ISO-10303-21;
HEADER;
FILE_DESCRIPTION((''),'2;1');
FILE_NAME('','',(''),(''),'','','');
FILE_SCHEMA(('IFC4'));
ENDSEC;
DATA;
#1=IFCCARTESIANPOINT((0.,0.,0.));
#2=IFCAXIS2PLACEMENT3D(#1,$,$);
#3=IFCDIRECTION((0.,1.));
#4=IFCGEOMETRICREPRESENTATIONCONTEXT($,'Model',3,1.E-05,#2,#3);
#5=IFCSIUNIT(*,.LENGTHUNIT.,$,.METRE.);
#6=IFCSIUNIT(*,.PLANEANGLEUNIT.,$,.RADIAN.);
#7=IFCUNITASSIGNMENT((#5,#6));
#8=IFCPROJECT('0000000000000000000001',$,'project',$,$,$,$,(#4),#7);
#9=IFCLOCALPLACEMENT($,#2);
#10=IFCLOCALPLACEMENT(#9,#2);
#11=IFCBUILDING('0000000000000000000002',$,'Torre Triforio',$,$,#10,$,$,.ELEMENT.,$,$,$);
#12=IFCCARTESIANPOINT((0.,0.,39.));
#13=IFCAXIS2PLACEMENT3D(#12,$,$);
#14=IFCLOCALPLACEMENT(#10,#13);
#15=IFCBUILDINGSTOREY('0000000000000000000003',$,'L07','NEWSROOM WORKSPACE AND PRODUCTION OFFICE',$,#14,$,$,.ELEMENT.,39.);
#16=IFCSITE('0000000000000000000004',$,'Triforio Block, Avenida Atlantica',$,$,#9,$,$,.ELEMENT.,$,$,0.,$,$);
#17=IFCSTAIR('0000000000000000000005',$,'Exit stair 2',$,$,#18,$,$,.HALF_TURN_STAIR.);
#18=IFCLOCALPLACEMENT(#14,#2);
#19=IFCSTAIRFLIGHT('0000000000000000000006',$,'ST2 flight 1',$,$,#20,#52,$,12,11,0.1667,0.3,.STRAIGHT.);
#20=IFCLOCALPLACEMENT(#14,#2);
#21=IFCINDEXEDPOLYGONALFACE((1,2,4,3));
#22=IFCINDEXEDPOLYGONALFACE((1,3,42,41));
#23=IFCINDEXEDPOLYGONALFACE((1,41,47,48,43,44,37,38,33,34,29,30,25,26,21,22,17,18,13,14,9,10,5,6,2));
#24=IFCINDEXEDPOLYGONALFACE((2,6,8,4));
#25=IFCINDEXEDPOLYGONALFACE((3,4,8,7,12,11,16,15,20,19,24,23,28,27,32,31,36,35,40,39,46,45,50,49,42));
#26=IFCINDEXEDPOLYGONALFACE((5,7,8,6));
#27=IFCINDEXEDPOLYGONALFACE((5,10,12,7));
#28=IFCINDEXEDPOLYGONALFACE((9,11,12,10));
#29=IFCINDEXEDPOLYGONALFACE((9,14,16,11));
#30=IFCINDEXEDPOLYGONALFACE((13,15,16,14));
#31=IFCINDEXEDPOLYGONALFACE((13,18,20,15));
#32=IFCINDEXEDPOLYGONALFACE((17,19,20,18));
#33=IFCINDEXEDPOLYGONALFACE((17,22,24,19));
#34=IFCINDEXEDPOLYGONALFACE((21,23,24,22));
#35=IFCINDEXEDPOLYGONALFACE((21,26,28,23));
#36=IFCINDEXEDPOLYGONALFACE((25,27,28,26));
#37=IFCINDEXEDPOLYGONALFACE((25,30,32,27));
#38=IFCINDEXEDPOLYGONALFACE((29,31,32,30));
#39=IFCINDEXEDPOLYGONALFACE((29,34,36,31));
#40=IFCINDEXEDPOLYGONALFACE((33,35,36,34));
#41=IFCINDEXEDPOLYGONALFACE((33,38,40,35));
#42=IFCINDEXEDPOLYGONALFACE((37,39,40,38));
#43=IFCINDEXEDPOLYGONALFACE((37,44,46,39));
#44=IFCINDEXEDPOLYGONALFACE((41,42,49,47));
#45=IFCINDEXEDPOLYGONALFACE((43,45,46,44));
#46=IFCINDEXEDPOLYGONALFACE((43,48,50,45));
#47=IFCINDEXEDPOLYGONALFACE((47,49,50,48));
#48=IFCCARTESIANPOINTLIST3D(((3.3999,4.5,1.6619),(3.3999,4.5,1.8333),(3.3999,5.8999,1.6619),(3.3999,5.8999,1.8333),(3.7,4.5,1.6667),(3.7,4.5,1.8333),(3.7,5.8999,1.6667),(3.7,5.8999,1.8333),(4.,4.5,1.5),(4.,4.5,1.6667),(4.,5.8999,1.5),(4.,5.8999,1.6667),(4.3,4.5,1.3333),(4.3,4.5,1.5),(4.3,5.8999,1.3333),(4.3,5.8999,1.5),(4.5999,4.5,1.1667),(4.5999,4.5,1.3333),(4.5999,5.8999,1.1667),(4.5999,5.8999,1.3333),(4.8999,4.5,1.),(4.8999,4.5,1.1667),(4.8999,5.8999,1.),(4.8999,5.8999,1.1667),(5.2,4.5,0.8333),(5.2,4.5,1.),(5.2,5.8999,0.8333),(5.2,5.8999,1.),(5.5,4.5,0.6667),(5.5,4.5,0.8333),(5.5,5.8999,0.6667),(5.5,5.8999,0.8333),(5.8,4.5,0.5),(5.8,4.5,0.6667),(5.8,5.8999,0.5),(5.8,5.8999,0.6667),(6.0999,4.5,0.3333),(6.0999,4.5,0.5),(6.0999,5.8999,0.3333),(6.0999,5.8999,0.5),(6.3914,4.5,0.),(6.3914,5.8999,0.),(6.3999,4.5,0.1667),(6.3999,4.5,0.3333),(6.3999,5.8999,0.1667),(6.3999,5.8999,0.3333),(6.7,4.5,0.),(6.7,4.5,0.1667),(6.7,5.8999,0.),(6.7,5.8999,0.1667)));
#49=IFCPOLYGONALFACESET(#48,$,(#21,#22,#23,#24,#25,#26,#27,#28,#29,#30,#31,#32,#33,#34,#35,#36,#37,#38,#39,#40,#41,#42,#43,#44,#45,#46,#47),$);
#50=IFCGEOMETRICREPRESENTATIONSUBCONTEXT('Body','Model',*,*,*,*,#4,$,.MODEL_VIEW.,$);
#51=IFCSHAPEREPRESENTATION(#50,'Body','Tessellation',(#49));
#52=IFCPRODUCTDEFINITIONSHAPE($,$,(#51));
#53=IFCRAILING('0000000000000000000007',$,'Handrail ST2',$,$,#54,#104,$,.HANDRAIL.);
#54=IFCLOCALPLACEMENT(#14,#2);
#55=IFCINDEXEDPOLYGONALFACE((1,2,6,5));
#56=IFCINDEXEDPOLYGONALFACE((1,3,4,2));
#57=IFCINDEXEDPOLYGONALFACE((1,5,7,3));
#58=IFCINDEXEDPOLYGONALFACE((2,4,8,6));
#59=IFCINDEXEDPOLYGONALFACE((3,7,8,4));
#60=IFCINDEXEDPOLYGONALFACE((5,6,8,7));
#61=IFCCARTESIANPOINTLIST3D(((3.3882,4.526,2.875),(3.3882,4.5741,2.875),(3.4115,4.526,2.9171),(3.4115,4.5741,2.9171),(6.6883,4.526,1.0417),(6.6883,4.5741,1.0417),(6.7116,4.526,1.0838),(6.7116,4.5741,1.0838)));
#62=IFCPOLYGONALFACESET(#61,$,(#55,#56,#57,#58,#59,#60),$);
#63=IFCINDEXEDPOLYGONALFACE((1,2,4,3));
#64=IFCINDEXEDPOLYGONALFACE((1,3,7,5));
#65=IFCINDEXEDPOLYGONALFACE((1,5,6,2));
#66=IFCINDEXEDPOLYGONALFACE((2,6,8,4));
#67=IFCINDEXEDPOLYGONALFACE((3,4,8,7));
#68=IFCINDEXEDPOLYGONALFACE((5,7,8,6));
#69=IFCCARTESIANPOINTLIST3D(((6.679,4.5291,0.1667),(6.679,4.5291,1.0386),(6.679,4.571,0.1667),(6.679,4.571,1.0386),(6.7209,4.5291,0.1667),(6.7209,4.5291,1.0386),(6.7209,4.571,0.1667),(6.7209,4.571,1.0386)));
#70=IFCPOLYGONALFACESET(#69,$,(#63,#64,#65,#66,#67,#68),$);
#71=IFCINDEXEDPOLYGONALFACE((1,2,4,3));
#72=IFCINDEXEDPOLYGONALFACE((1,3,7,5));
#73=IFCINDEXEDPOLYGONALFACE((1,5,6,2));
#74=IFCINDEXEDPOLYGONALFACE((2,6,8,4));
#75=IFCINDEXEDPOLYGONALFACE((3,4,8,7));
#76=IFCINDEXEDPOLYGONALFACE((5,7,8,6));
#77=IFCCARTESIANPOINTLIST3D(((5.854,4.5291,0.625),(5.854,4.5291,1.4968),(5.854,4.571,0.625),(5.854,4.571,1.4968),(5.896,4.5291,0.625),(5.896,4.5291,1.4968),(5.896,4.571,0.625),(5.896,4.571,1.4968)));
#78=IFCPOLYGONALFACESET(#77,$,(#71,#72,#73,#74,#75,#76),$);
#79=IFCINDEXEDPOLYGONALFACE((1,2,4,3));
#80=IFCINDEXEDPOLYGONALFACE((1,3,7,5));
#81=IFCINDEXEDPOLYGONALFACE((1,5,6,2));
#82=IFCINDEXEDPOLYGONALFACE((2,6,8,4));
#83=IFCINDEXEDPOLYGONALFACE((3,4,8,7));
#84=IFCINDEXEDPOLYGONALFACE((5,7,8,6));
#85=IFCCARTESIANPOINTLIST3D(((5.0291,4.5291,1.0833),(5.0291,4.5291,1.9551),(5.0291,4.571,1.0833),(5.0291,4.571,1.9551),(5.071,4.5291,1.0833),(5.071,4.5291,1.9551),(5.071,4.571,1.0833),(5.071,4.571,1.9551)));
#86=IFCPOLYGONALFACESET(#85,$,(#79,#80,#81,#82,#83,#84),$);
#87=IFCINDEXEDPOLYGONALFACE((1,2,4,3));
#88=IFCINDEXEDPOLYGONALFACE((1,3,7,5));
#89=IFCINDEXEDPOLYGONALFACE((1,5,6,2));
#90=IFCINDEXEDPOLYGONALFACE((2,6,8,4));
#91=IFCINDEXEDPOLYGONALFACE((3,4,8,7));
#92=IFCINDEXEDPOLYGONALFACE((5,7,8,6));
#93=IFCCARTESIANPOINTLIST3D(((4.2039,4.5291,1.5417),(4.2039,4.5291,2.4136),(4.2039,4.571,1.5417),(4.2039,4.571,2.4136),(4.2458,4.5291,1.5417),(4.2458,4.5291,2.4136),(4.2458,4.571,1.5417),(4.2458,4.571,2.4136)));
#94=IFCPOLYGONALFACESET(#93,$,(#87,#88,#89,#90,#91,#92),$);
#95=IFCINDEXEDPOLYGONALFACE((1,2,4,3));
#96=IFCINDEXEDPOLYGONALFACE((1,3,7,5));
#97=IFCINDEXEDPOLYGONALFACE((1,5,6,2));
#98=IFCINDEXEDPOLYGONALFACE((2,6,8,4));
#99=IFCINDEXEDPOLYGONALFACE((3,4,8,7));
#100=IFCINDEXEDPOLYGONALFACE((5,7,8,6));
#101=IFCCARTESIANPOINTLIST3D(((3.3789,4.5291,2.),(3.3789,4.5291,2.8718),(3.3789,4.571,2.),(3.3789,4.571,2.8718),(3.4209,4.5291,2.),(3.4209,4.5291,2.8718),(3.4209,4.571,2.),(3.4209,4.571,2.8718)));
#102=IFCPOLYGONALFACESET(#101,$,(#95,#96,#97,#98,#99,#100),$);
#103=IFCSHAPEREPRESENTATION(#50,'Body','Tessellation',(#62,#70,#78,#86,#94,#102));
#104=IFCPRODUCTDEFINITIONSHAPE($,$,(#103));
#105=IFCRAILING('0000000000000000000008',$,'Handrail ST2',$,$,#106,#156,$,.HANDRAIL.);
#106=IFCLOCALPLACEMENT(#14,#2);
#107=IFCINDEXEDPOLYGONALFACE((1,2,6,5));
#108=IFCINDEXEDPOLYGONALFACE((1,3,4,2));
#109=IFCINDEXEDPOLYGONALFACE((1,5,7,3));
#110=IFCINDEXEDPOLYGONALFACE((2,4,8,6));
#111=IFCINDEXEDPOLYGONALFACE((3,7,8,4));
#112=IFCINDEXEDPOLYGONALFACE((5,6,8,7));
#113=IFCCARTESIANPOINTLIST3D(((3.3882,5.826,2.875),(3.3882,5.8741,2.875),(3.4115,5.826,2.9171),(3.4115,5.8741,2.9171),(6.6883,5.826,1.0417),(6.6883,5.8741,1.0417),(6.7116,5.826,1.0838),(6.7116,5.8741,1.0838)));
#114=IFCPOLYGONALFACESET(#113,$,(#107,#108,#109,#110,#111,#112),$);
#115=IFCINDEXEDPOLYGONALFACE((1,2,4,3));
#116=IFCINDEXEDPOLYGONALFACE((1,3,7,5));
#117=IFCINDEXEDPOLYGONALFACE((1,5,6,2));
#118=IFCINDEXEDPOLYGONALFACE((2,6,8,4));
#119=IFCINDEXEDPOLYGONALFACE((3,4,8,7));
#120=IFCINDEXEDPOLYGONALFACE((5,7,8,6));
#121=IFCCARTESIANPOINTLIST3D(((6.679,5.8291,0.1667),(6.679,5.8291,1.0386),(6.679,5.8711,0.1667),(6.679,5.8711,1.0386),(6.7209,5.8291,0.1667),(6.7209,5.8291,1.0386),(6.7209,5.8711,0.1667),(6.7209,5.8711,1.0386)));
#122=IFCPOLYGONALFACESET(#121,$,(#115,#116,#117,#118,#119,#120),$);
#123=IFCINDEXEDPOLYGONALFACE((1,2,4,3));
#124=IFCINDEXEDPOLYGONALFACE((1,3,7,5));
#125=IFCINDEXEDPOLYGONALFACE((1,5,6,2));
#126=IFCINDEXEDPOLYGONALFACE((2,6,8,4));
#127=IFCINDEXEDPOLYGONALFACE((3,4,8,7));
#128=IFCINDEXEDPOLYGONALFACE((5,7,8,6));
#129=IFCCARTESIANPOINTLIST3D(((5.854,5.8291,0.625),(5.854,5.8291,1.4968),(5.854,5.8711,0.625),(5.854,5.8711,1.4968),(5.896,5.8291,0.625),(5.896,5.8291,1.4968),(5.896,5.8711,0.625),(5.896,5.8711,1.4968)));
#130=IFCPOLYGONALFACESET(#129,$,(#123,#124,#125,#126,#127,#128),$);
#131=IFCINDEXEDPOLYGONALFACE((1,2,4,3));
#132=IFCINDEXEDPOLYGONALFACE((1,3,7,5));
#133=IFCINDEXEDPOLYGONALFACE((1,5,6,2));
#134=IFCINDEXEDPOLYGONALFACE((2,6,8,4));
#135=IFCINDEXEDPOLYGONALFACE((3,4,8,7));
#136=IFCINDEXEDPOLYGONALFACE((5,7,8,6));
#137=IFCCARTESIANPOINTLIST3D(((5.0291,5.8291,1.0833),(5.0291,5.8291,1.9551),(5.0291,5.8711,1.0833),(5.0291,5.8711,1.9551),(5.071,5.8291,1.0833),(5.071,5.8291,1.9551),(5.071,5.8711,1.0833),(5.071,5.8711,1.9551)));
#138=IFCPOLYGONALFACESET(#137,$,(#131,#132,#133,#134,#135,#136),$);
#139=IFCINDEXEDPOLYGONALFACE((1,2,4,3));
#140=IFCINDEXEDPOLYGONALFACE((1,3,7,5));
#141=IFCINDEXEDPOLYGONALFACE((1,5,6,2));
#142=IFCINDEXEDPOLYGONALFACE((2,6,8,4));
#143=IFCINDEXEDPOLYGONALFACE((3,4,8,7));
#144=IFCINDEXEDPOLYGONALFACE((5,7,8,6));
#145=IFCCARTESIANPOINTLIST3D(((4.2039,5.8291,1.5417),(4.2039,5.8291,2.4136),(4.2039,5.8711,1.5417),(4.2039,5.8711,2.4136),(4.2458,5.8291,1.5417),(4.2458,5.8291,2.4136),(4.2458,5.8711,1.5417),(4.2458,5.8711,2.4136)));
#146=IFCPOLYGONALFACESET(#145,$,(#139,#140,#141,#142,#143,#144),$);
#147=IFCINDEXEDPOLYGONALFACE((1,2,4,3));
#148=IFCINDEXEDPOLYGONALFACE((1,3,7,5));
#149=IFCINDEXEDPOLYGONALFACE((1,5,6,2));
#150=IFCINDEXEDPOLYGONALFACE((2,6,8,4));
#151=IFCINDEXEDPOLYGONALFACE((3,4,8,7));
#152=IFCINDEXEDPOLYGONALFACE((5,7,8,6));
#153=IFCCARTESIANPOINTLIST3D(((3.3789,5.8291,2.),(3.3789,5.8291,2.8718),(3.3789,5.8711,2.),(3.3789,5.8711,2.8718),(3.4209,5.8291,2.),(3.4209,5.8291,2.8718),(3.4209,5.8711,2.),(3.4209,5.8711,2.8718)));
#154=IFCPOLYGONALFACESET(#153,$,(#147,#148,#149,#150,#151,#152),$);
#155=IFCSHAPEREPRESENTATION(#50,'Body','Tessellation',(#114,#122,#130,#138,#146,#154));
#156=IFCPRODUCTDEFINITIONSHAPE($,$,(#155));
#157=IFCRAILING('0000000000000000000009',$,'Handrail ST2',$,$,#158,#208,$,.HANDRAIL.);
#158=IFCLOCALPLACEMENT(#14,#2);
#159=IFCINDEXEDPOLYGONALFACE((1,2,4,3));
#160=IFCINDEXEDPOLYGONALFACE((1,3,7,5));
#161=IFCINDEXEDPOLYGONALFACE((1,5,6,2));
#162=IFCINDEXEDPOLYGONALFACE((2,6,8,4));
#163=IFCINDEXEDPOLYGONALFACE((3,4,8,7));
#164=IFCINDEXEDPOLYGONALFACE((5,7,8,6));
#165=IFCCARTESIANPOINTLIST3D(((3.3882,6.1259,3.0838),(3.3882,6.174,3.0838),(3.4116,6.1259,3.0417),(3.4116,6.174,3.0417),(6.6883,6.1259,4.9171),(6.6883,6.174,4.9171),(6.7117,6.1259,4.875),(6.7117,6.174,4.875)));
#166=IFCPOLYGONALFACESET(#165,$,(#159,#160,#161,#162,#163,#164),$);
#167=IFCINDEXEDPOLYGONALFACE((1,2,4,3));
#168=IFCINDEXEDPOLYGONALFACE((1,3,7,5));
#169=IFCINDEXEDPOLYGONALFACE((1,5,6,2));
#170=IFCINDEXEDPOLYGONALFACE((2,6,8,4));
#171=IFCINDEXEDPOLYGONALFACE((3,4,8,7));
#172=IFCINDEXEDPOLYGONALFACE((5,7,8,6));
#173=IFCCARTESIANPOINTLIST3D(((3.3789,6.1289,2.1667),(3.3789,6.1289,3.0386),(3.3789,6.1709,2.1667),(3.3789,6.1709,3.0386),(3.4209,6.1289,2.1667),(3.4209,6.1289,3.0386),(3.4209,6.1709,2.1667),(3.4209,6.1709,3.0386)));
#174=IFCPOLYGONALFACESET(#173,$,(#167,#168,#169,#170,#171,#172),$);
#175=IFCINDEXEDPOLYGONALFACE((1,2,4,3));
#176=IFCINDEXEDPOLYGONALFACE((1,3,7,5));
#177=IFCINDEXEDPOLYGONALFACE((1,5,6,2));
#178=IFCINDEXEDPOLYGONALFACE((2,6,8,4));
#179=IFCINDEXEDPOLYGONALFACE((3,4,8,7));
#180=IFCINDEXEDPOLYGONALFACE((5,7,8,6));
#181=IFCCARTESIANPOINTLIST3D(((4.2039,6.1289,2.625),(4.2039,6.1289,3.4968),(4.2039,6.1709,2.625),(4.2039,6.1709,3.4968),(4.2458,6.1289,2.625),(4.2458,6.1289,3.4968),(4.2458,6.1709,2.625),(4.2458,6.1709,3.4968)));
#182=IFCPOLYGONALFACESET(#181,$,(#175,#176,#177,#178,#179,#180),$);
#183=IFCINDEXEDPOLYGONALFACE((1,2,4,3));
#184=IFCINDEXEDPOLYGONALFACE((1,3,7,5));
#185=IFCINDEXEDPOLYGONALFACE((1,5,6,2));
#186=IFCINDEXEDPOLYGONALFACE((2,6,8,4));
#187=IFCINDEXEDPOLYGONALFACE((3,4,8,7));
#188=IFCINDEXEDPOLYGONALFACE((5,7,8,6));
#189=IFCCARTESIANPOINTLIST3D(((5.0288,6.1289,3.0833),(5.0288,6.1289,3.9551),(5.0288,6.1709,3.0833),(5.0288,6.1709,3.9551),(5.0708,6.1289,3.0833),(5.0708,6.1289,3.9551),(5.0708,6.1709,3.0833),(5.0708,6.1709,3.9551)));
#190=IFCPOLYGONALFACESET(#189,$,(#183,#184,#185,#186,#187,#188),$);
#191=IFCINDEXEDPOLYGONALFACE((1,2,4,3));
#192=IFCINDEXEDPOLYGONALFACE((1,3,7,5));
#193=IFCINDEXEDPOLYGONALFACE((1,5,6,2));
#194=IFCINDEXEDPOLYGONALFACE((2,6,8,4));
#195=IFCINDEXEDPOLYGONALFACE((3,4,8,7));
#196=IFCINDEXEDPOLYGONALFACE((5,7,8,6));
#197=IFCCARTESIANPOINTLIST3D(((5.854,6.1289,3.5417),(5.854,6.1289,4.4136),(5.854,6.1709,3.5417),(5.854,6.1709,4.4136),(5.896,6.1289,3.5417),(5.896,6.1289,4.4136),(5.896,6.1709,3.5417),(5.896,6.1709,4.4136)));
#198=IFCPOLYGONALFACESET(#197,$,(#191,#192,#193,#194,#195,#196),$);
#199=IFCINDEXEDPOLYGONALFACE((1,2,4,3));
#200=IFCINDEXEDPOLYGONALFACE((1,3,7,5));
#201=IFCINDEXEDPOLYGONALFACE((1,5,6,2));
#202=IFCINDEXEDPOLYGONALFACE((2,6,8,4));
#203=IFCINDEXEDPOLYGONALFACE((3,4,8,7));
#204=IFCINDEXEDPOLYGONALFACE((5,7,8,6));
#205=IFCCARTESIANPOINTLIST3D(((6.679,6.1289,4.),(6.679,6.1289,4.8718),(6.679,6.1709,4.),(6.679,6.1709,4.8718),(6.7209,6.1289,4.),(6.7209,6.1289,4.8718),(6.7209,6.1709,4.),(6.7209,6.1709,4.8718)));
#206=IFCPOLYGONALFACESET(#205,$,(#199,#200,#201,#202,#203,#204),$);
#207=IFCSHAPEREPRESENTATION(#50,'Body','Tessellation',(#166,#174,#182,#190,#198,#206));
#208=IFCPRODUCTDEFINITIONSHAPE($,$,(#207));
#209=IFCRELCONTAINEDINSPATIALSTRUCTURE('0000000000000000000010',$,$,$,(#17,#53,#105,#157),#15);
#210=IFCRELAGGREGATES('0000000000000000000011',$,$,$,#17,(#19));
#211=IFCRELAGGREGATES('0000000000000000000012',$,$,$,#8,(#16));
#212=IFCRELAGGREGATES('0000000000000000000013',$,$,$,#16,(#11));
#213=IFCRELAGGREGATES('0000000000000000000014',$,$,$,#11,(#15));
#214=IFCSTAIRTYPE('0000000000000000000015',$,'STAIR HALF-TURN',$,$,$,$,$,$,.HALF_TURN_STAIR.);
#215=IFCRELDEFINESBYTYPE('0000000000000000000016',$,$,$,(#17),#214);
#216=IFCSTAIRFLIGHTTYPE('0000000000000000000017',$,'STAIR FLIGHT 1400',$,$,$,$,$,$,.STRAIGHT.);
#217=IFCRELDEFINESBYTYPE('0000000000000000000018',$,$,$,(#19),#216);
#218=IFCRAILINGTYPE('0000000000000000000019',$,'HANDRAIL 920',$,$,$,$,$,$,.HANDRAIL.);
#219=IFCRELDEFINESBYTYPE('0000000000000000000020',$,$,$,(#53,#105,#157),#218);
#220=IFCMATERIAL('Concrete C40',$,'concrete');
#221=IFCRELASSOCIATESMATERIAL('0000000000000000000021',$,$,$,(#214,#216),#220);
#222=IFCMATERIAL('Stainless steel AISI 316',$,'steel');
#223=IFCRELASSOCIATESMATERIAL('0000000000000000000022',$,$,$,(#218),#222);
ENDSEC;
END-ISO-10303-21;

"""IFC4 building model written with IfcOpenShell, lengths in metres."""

from ifc_helpers import new_model, si_unit, direction, frame, origin, origin_2d, place, context, subcontext, project, spatial, polyline, rectangle, outline, extrude, material, type_object, element, aggregate, save


model = new_model("IFC4")

# Units and contexts
model_context = context("Model", 3, precision=1e-05, world=origin(), true_north=direction((0.0, 1.0)))
body_context = subcontext(model_context, "Body", "Model", "MODEL_VIEW")
ifc_project = project(units=[si_unit("LENGTHUNIT", "METRE"), si_unit("PLANEANGLEUNIT", "RADIAN")], contexts=[model_context])

# Site, building, storey
site_placement = place(None, origin())
site = spatial("IfcSite", under=ifc_project, at=site_placement, Name="Triforio Block, Avenida Atlantica", CompositionType="ELEMENT", RefElevation=0.0)
building_placement = place(site_placement, origin())
building = spatial("IfcBuilding", under=site, at=building_placement, Name="Torre Triforio", CompositionType="ELEMENT")
storey_placement = place(building_placement, frame((0.0, 0.0, 39.0)))
storey = spatial("IfcBuildingStorey", under=building, at=storey_placement, Name="L07", Description="NEWSROOM WORKSPACE AND PRODUCTION OFFICE", CompositionType="ELEMENT", Elevation=39.0)

# Shared definitions
ifc_material_1 = material(Name="Concrete C40", Category="concrete")
stair_type = type_object("IfcStairType", Name="STAIR HALF-TURN", PredefinedType="HALF_TURN_STAIR", material=ifc_material_1)

# Stair, stair flight
stair_1_placement = place(storey_placement, origin())
stair_1 = element("IfcStair", 1, at=stair_1_placement, inside=storey, type_object=stair_type, Name="Exit stair 2", PredefinedType="HALF_TURN_STAIR")
stair_flight_type = type_object("IfcStairFlightType", Name="STAIR FLIGHT 1400", PredefinedType="STRAIGHT", material=ifc_material_1)
stair_flight_placement = place(storey_placement, frame((6.7, 5.2, 0.0), z_axis=(0.0, 0.0, 1.0), x_axis=(-1.0, 0.0, 0.0)))
stair_flight = element("IfcStairFlight", 2, at=stair_flight_placement, type_object=stair_flight_type, Name="ST2 flight 1", NumberOfRisers=12, NumberOfTreads=11, PredefinedType="STRAIGHT", RiserHeight=0.1667, TreadLength=0.3, context=body_context, shape_type="SweptSolid", body=[
    extrude(outline(polyline([(0.0, 0.0), (0.0, 0.1667), (0.3, 0.1667), (0.3, 0.3333), (0.6001, 0.3333), (0.6001, 0.5), (0.8999, 0.5), (0.8999, 0.6667), (1.2, 0.6667), (1.2, 0.8333), (1.5, 0.8333), (1.5, 1.0), (1.8, 1.0), (1.8, 1.1667), (2.1001, 1.1667), (2.1001, 1.3333), (2.3999, 1.3333), (2.3999, 1.5), (2.7, 1.5), (2.7, 1.6667), (3.0, 1.6667), (3.0, 1.8333), (3.3, 1.8333), (3.3, 2.0), (3.3, 1.6619), (0.3086, 0.0), (0.0, 0.0)])), frame((0.0, 0.7, 0.0), z_axis=(0.0, -1.0, 0.0), x_axis=(1.0, 0.0, 0.0)), (0.0, 0.0, 1.0), 1.3999),
])
aggregate(stair_1, [stair_flight])

# Railings
ifc_material_2 = material(Name="Stainless steel AISI 316", Category="steel")
railing_type = type_object("IfcRailingType", Name="HANDRAIL 920", PredefinedType="HANDRAIL", material=ifc_material_2)
for number, where, name in (
    (3, (6.7, 4.55, 0.1667), "Handrail ST2"),
    (4, (6.7, 5.8501, 0.1667), "Handrail ST2"),
):
    element("IfcRailing", number, at=place(storey_placement, frame(where)), inside=storey, type_object=railing_type, Name=name, PredefinedType="HANDRAIL", context=body_context, shape_type="SweptSolid", body=[
        extrude(rectangle(XDim=0.0481, YDim=0.0481, at=origin_2d()), frame((0.0, 0.0, 0.896), z_axis=(-0.874169, 0.0, 0.485621), x_axis=(0.0, -1.0, 0.0)), (0.0, 0.0, 1.0), 3.7751),
        extrude(rectangle(XDim=0.042, YDim=0.042, at=origin_2d()), origin(), (0.0, 0.0, 1.0), 0.8718),
        extrude(rectangle(XDim=0.042, YDim=0.042, at=origin_2d()), frame((-0.825, 0.0, 0.4583)), (0.0, 0.0, 1.0), 0.8718),
        extrude(rectangle(XDim=0.042, YDim=0.042, at=origin_2d()), frame((-1.6499, 0.0, 0.9165)), (0.0, 0.0, 1.0), 0.8718),
        extrude(rectangle(XDim=0.042, YDim=0.042, at=origin_2d()), frame((-2.4751, 0.0, 1.375)), (0.0, 0.0, 1.0), 0.8718),
        extrude(rectangle(XDim=0.042, YDim=0.042, at=origin_2d()), frame((-3.3, 0.0, 1.8333)), (0.0, 0.0, 1.0), 0.8718),
    ])
railing_placement = place(storey_placement, frame((3.3999, 6.1499, 2.1667)))
element("IfcRailing", 5, at=railing_placement, inside=storey, type_object=railing_type, Name="Handrail ST2", PredefinedType="HANDRAIL", context=body_context, shape_type="SweptSolid", body=[
    extrude(rectangle(XDim=0.0481, YDim=0.0481, at=origin_2d()), frame((0.0, 0.0, 0.896), z_axis=(0.874169, 0.0, 0.485621), x_axis=(0.0, 1.0, 0.0)), (0.0, 0.0, 1.0), 3.7751),
    extrude(rectangle(XDim=0.042, YDim=0.042, at=origin_2d()), origin(), (0.0, 0.0, 1.0), 0.8718),
    extrude(rectangle(XDim=0.042, YDim=0.042, at=origin_2d()), frame((0.825, 0.0, 0.4583)), (0.0, 0.0, 1.0), 0.8718),
    extrude(rectangle(XDim=0.042, YDim=0.042, at=origin_2d()), frame((1.6499, 0.0, 0.9165)), (0.0, 0.0, 1.0), 0.8718),
    extrude(rectangle(XDim=0.042, YDim=0.042, at=origin_2d()), frame((2.4751, 0.0, 1.375)), (0.0, 0.0, 1.0), 0.8718),
    extrude(rectangle(XDim=0.042, YDim=0.042, at=origin_2d()), frame((3.3, 0.0, 1.8333)), (0.0, 0.0, 1.0), 0.8718),
])

save(model, "model.ifc")
